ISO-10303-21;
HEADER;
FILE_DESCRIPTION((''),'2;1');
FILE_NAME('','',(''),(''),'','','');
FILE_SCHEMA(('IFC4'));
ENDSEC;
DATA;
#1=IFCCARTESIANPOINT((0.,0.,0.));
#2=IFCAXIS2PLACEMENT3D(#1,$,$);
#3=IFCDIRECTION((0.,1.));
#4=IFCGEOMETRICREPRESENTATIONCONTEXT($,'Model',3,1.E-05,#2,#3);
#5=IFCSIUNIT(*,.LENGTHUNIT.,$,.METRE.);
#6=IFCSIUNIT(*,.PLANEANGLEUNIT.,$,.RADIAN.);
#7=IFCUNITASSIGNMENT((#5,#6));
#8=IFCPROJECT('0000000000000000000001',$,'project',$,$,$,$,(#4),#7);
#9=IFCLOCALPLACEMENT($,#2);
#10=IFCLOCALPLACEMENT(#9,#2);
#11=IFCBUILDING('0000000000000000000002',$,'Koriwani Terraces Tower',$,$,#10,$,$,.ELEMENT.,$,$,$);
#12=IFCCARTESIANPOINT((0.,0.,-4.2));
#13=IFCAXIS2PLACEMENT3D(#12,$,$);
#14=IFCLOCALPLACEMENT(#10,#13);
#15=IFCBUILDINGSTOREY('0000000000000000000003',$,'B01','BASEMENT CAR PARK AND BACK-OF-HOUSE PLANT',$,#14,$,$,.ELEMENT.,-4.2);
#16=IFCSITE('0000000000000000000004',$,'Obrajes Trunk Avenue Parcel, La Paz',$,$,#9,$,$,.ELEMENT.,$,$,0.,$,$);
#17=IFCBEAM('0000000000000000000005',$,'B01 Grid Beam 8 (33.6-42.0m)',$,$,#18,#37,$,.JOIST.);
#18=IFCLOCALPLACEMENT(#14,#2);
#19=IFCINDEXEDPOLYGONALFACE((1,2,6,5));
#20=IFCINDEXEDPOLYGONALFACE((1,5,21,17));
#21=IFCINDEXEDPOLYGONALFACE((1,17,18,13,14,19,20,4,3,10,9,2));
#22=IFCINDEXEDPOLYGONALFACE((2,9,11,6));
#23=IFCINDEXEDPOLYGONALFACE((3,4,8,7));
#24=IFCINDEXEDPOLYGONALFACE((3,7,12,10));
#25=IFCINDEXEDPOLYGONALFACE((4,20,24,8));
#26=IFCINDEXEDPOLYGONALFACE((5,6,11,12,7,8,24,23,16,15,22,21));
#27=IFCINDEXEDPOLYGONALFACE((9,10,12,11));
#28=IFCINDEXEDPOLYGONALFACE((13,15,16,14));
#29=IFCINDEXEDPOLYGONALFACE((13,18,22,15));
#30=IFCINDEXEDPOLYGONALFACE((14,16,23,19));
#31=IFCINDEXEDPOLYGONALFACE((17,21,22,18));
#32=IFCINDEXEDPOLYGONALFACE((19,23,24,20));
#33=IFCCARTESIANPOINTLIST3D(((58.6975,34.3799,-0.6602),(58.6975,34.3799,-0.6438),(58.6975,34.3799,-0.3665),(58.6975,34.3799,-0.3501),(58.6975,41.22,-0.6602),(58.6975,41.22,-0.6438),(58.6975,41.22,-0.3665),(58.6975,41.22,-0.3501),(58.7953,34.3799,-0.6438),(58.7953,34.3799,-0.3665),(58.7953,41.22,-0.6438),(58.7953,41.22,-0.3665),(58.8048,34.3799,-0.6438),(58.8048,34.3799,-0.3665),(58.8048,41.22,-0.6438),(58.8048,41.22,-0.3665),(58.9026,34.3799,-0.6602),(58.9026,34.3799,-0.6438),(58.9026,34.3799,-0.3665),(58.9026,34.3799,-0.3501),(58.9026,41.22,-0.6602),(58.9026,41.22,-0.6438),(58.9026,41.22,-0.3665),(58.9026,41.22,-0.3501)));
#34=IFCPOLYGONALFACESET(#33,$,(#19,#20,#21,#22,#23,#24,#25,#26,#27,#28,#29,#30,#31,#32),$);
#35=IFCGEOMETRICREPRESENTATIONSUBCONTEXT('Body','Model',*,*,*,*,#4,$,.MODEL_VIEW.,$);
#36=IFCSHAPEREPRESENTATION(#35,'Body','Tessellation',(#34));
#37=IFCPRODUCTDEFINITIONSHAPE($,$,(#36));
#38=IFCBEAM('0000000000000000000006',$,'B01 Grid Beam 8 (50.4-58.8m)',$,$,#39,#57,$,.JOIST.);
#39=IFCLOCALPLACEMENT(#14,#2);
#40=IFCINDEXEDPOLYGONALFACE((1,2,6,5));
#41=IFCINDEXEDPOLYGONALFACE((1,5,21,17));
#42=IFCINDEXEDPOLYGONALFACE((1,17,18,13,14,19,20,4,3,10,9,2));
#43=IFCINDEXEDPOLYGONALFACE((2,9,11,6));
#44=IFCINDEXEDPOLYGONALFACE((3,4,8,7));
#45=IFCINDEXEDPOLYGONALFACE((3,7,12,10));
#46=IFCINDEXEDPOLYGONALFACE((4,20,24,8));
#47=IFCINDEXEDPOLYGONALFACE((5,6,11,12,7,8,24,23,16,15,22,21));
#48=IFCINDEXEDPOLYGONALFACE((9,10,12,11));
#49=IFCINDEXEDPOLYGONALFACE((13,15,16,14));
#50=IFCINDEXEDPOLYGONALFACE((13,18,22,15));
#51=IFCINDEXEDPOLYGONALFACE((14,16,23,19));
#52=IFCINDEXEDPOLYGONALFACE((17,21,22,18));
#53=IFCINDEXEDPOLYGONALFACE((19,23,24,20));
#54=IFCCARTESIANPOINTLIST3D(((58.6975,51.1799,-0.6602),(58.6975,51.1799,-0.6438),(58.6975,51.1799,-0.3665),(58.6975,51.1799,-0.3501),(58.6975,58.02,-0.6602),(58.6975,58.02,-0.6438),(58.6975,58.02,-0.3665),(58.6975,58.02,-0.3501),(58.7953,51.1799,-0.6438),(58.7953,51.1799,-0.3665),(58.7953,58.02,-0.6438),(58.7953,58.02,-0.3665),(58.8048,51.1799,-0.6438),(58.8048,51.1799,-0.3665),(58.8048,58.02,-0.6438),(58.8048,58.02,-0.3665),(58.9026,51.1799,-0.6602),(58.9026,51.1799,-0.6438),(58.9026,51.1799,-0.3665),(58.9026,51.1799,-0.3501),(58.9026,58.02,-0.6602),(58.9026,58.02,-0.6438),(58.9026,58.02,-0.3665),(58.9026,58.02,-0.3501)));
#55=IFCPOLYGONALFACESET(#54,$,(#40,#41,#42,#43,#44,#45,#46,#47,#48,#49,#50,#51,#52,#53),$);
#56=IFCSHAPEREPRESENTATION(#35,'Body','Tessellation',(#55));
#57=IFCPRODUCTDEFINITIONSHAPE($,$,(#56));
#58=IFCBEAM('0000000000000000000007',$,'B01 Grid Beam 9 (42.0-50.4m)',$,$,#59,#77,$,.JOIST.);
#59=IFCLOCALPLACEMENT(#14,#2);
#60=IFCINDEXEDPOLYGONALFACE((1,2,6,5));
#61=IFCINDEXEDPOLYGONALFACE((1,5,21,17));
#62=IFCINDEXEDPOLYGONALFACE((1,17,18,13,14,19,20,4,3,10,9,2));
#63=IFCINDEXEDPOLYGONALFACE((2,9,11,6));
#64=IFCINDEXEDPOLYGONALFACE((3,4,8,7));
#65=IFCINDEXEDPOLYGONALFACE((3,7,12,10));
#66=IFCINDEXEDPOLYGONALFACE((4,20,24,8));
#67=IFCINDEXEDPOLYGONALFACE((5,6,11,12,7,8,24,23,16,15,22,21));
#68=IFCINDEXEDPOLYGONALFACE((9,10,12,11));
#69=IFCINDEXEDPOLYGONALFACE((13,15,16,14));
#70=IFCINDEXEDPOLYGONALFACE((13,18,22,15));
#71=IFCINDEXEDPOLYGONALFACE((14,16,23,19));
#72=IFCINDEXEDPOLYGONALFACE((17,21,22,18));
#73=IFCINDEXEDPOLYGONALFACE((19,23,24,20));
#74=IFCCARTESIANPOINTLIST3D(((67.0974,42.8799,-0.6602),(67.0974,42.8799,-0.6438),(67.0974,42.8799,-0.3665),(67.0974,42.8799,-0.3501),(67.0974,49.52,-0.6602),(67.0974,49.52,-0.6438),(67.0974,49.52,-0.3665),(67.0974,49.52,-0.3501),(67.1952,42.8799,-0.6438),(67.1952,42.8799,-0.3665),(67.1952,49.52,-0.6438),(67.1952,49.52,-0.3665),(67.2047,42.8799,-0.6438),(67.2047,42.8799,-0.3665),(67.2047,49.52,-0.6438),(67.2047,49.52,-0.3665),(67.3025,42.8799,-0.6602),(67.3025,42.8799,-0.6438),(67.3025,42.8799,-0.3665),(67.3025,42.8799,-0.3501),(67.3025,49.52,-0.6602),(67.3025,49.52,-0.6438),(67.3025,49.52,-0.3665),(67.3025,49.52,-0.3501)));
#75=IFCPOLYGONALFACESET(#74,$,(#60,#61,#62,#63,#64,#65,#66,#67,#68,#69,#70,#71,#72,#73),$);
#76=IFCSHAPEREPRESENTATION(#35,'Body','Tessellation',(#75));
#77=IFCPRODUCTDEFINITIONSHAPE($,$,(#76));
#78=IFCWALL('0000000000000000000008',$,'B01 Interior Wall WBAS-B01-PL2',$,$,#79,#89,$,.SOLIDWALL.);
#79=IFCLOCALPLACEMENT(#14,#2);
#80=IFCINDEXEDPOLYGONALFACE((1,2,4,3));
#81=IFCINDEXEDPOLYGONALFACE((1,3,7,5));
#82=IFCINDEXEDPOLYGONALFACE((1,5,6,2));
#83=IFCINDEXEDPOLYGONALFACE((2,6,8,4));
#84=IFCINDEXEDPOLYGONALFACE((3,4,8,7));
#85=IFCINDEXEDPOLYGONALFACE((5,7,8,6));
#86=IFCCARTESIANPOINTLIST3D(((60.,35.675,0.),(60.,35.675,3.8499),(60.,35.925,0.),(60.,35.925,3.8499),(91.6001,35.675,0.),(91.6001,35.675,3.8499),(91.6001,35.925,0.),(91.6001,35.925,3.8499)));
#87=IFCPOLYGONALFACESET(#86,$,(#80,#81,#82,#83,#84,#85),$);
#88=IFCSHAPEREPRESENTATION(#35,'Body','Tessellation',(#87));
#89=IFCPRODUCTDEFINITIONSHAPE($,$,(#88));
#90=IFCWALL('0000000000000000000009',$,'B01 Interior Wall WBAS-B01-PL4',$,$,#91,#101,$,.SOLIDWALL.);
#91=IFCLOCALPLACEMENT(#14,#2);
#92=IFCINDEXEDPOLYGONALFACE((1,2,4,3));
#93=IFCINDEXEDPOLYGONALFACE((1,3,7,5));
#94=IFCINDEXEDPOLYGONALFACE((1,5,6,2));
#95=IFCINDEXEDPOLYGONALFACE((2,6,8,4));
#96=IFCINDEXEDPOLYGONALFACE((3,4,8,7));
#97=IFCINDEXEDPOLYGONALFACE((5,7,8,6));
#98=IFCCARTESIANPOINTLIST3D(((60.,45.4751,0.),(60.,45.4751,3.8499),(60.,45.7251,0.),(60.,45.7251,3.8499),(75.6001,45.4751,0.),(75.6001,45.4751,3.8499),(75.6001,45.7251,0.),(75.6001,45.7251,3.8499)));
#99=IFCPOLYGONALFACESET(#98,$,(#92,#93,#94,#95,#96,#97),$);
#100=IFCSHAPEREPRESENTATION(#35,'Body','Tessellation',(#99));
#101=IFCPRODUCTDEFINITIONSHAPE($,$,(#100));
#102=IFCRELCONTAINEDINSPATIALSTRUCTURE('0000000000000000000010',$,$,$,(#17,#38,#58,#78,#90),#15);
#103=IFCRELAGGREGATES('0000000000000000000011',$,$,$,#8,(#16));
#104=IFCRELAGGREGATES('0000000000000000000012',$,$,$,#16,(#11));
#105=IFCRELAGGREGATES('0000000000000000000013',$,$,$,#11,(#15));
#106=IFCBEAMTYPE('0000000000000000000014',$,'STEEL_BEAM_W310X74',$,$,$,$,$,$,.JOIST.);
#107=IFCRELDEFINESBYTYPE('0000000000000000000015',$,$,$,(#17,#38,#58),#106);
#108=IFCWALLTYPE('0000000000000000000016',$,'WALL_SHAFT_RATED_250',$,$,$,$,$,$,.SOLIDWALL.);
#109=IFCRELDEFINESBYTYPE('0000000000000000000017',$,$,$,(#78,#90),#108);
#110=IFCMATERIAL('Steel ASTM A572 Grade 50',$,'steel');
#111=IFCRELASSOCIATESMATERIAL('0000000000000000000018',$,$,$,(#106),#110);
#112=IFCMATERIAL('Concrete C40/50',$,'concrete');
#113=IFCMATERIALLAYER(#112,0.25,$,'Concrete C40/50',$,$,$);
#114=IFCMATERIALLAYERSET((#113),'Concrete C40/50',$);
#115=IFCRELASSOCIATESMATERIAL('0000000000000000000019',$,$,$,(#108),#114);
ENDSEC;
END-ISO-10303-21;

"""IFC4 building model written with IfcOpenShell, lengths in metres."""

from ifc_helpers import new_model, si_unit, direction, frame, frame_2d, origin, origin_2d, place, context, subcontext, project, spatial, rectangle, i_section, extrude, material, layer, layer_set, material_profile, profile_set, type_object, element, save


model = new_model("IFC4")

# Units and contexts
model_context = context("Model", 3, precision=1e-05, world=origin(), true_north=direction((0.0, 1.0)))
body_context = subcontext(model_context, "Body", "Model", "MODEL_VIEW")
ifc_project = project(units=[si_unit("LENGTHUNIT", "METRE"), si_unit("PLANEANGLEUNIT", "RADIAN")], contexts=[model_context])

# Site, building, storey
site_placement = place(None, origin())
site = spatial("IfcSite", under=ifc_project, at=site_placement, Name="Obrajes Trunk Avenue Parcel, La Paz", CompositionType="ELEMENT", RefElevation=0.0)
building_placement = place(site_placement, origin())
building = spatial("IfcBuilding", under=site, at=building_placement, Name="Koriwani Terraces Tower", CompositionType="ELEMENT")
storey_placement = place(building_placement, frame((0.0, 0.0, -4.2)))
storey = spatial("IfcBuildingStorey", under=building, at=storey_placement, Name="B01", Description="BASEMENT CAR PARK AND BACK-OF-HOUSE PLANT", CompositionType="ELEMENT", Elevation=-4.2)

# Beams
ifc_material_1 = material(Name="Steel ASTM A572 Grade 50", Category="steel")
ifc_material_profile_1 = material_profile(ifc_material_1, i_section(OverallWidth=0.2051, OverallDepth=0.3101, WebThickness=0.0095, FlangeThickness=0.0164, at=origin_2d()), Name="Steel ASTM A572 Grade 50", Category="LoadBearing")
ifc_profile_set_1 = profile_set([ifc_material_profile_1], Name="Steel ASTM A572 Grade 50")
beam_type_1 = type_object("IfcBeamType", Name="STEEL_BEAM_W310X74", PredefinedType="JOIST", material=ifc_profile_set_1)
for number, where, z_axis, x_axis, name in (
    (1, (58.8, 34.3799, -0.5051), (0.0, 1.0, 0.0), (-1.0, 0.0, 0.0), "B01 Grid Beam 8 (33.6-42.0m)"),
    (2, (58.8, 51.1799, -0.5051), (0.0, 1.0, 0.0), (-1.0, 0.0, 0.0), "B01 Grid Beam 8 (50.4-58.8m)"),
):
    element("IfcBeam", number, at=place(storey_placement, frame(where, z_axis=z_axis, x_axis=x_axis)), inside=storey, type_object=beam_type_1, Name=name, PredefinedType="JOIST", context=body_context, shape_type="SweptSolid", body=[
        extrude(i_section(OverallWidth=0.2051, OverallDepth=0.3101, WebThickness=0.0095, FlangeThickness=0.0164, at=origin_2d()), origin(), (0.0, 0.0, 1.0), 6.8401),
    ])
beam_1_placement = place(storey_placement, frame((67.2, 42.8799, -0.5051), z_axis=(0.0, 1.0, 0.0), x_axis=(-1.0, 0.0, 0.0)))
element("IfcBeam", 3, at=beam_1_placement, inside=storey, type_object=beam_type_1, Name="B01 Grid Beam 9 (42.0-50.4m)", PredefinedType="JOIST", context=body_context, shape_type="SweptSolid", body=[
    extrude(i_section(OverallWidth=0.2051, OverallDepth=0.3101, WebThickness=0.0095, FlangeThickness=0.0164, at=origin_2d()), origin(), (0.0, 0.0, 1.0), 6.6401),
])

# Walls
ifc_material_2 = material(Name="Concrete C40/50", Category="concrete")
ifc_layer = layer(ifc_material_2, 0.25, Name="Concrete C40/50")
ifc_layer_set = layer_set([ifc_layer], Name="Concrete C40/50")
wall_type = type_object("IfcWallType", Name="WALL_SHAFT_RATED_250", PredefinedType="SOLIDWALL", material=ifc_layer_set)
wall_1_placement = place(storey_placement, frame((60.0, 35.8, 0.0), z_axis=(0.0, 0.0, 1.0), x_axis=(1.0, 0.0, 0.0)))
element("IfcWall", 4, at=wall_1_placement, inside=storey, type_object=wall_type, Name="B01 Interior Wall WBAS-B01-PL2", PredefinedType="SOLIDWALL", context=body_context, shape_type="SweptSolid", body=[
    extrude(rectangle(XDim=31.6001, YDim=0.25, at=frame_2d((15.8, 0.0))), origin(), (0.0, 0.0, 1.0), 3.8499),
])
wall_2_placement = place(storey_placement, frame((60.0, 45.6001, 0.0), z_axis=(0.0, 0.0, 1.0), x_axis=(1.0, 0.0, 0.0)))
element("IfcWall", 5, at=wall_2_placement, inside=storey, type_object=wall_type, Name="B01 Interior Wall WBAS-B01-PL4", PredefinedType="SOLIDWALL", context=body_context, shape_type="SweptSolid", body=[
    extrude(rectangle(XDim=15.6001, YDim=0.25, at=frame_2d((7.8, 0.0))), origin(), (0.0, 0.0, 1.0), 3.8499),
])

save(model, "model.ifc")
